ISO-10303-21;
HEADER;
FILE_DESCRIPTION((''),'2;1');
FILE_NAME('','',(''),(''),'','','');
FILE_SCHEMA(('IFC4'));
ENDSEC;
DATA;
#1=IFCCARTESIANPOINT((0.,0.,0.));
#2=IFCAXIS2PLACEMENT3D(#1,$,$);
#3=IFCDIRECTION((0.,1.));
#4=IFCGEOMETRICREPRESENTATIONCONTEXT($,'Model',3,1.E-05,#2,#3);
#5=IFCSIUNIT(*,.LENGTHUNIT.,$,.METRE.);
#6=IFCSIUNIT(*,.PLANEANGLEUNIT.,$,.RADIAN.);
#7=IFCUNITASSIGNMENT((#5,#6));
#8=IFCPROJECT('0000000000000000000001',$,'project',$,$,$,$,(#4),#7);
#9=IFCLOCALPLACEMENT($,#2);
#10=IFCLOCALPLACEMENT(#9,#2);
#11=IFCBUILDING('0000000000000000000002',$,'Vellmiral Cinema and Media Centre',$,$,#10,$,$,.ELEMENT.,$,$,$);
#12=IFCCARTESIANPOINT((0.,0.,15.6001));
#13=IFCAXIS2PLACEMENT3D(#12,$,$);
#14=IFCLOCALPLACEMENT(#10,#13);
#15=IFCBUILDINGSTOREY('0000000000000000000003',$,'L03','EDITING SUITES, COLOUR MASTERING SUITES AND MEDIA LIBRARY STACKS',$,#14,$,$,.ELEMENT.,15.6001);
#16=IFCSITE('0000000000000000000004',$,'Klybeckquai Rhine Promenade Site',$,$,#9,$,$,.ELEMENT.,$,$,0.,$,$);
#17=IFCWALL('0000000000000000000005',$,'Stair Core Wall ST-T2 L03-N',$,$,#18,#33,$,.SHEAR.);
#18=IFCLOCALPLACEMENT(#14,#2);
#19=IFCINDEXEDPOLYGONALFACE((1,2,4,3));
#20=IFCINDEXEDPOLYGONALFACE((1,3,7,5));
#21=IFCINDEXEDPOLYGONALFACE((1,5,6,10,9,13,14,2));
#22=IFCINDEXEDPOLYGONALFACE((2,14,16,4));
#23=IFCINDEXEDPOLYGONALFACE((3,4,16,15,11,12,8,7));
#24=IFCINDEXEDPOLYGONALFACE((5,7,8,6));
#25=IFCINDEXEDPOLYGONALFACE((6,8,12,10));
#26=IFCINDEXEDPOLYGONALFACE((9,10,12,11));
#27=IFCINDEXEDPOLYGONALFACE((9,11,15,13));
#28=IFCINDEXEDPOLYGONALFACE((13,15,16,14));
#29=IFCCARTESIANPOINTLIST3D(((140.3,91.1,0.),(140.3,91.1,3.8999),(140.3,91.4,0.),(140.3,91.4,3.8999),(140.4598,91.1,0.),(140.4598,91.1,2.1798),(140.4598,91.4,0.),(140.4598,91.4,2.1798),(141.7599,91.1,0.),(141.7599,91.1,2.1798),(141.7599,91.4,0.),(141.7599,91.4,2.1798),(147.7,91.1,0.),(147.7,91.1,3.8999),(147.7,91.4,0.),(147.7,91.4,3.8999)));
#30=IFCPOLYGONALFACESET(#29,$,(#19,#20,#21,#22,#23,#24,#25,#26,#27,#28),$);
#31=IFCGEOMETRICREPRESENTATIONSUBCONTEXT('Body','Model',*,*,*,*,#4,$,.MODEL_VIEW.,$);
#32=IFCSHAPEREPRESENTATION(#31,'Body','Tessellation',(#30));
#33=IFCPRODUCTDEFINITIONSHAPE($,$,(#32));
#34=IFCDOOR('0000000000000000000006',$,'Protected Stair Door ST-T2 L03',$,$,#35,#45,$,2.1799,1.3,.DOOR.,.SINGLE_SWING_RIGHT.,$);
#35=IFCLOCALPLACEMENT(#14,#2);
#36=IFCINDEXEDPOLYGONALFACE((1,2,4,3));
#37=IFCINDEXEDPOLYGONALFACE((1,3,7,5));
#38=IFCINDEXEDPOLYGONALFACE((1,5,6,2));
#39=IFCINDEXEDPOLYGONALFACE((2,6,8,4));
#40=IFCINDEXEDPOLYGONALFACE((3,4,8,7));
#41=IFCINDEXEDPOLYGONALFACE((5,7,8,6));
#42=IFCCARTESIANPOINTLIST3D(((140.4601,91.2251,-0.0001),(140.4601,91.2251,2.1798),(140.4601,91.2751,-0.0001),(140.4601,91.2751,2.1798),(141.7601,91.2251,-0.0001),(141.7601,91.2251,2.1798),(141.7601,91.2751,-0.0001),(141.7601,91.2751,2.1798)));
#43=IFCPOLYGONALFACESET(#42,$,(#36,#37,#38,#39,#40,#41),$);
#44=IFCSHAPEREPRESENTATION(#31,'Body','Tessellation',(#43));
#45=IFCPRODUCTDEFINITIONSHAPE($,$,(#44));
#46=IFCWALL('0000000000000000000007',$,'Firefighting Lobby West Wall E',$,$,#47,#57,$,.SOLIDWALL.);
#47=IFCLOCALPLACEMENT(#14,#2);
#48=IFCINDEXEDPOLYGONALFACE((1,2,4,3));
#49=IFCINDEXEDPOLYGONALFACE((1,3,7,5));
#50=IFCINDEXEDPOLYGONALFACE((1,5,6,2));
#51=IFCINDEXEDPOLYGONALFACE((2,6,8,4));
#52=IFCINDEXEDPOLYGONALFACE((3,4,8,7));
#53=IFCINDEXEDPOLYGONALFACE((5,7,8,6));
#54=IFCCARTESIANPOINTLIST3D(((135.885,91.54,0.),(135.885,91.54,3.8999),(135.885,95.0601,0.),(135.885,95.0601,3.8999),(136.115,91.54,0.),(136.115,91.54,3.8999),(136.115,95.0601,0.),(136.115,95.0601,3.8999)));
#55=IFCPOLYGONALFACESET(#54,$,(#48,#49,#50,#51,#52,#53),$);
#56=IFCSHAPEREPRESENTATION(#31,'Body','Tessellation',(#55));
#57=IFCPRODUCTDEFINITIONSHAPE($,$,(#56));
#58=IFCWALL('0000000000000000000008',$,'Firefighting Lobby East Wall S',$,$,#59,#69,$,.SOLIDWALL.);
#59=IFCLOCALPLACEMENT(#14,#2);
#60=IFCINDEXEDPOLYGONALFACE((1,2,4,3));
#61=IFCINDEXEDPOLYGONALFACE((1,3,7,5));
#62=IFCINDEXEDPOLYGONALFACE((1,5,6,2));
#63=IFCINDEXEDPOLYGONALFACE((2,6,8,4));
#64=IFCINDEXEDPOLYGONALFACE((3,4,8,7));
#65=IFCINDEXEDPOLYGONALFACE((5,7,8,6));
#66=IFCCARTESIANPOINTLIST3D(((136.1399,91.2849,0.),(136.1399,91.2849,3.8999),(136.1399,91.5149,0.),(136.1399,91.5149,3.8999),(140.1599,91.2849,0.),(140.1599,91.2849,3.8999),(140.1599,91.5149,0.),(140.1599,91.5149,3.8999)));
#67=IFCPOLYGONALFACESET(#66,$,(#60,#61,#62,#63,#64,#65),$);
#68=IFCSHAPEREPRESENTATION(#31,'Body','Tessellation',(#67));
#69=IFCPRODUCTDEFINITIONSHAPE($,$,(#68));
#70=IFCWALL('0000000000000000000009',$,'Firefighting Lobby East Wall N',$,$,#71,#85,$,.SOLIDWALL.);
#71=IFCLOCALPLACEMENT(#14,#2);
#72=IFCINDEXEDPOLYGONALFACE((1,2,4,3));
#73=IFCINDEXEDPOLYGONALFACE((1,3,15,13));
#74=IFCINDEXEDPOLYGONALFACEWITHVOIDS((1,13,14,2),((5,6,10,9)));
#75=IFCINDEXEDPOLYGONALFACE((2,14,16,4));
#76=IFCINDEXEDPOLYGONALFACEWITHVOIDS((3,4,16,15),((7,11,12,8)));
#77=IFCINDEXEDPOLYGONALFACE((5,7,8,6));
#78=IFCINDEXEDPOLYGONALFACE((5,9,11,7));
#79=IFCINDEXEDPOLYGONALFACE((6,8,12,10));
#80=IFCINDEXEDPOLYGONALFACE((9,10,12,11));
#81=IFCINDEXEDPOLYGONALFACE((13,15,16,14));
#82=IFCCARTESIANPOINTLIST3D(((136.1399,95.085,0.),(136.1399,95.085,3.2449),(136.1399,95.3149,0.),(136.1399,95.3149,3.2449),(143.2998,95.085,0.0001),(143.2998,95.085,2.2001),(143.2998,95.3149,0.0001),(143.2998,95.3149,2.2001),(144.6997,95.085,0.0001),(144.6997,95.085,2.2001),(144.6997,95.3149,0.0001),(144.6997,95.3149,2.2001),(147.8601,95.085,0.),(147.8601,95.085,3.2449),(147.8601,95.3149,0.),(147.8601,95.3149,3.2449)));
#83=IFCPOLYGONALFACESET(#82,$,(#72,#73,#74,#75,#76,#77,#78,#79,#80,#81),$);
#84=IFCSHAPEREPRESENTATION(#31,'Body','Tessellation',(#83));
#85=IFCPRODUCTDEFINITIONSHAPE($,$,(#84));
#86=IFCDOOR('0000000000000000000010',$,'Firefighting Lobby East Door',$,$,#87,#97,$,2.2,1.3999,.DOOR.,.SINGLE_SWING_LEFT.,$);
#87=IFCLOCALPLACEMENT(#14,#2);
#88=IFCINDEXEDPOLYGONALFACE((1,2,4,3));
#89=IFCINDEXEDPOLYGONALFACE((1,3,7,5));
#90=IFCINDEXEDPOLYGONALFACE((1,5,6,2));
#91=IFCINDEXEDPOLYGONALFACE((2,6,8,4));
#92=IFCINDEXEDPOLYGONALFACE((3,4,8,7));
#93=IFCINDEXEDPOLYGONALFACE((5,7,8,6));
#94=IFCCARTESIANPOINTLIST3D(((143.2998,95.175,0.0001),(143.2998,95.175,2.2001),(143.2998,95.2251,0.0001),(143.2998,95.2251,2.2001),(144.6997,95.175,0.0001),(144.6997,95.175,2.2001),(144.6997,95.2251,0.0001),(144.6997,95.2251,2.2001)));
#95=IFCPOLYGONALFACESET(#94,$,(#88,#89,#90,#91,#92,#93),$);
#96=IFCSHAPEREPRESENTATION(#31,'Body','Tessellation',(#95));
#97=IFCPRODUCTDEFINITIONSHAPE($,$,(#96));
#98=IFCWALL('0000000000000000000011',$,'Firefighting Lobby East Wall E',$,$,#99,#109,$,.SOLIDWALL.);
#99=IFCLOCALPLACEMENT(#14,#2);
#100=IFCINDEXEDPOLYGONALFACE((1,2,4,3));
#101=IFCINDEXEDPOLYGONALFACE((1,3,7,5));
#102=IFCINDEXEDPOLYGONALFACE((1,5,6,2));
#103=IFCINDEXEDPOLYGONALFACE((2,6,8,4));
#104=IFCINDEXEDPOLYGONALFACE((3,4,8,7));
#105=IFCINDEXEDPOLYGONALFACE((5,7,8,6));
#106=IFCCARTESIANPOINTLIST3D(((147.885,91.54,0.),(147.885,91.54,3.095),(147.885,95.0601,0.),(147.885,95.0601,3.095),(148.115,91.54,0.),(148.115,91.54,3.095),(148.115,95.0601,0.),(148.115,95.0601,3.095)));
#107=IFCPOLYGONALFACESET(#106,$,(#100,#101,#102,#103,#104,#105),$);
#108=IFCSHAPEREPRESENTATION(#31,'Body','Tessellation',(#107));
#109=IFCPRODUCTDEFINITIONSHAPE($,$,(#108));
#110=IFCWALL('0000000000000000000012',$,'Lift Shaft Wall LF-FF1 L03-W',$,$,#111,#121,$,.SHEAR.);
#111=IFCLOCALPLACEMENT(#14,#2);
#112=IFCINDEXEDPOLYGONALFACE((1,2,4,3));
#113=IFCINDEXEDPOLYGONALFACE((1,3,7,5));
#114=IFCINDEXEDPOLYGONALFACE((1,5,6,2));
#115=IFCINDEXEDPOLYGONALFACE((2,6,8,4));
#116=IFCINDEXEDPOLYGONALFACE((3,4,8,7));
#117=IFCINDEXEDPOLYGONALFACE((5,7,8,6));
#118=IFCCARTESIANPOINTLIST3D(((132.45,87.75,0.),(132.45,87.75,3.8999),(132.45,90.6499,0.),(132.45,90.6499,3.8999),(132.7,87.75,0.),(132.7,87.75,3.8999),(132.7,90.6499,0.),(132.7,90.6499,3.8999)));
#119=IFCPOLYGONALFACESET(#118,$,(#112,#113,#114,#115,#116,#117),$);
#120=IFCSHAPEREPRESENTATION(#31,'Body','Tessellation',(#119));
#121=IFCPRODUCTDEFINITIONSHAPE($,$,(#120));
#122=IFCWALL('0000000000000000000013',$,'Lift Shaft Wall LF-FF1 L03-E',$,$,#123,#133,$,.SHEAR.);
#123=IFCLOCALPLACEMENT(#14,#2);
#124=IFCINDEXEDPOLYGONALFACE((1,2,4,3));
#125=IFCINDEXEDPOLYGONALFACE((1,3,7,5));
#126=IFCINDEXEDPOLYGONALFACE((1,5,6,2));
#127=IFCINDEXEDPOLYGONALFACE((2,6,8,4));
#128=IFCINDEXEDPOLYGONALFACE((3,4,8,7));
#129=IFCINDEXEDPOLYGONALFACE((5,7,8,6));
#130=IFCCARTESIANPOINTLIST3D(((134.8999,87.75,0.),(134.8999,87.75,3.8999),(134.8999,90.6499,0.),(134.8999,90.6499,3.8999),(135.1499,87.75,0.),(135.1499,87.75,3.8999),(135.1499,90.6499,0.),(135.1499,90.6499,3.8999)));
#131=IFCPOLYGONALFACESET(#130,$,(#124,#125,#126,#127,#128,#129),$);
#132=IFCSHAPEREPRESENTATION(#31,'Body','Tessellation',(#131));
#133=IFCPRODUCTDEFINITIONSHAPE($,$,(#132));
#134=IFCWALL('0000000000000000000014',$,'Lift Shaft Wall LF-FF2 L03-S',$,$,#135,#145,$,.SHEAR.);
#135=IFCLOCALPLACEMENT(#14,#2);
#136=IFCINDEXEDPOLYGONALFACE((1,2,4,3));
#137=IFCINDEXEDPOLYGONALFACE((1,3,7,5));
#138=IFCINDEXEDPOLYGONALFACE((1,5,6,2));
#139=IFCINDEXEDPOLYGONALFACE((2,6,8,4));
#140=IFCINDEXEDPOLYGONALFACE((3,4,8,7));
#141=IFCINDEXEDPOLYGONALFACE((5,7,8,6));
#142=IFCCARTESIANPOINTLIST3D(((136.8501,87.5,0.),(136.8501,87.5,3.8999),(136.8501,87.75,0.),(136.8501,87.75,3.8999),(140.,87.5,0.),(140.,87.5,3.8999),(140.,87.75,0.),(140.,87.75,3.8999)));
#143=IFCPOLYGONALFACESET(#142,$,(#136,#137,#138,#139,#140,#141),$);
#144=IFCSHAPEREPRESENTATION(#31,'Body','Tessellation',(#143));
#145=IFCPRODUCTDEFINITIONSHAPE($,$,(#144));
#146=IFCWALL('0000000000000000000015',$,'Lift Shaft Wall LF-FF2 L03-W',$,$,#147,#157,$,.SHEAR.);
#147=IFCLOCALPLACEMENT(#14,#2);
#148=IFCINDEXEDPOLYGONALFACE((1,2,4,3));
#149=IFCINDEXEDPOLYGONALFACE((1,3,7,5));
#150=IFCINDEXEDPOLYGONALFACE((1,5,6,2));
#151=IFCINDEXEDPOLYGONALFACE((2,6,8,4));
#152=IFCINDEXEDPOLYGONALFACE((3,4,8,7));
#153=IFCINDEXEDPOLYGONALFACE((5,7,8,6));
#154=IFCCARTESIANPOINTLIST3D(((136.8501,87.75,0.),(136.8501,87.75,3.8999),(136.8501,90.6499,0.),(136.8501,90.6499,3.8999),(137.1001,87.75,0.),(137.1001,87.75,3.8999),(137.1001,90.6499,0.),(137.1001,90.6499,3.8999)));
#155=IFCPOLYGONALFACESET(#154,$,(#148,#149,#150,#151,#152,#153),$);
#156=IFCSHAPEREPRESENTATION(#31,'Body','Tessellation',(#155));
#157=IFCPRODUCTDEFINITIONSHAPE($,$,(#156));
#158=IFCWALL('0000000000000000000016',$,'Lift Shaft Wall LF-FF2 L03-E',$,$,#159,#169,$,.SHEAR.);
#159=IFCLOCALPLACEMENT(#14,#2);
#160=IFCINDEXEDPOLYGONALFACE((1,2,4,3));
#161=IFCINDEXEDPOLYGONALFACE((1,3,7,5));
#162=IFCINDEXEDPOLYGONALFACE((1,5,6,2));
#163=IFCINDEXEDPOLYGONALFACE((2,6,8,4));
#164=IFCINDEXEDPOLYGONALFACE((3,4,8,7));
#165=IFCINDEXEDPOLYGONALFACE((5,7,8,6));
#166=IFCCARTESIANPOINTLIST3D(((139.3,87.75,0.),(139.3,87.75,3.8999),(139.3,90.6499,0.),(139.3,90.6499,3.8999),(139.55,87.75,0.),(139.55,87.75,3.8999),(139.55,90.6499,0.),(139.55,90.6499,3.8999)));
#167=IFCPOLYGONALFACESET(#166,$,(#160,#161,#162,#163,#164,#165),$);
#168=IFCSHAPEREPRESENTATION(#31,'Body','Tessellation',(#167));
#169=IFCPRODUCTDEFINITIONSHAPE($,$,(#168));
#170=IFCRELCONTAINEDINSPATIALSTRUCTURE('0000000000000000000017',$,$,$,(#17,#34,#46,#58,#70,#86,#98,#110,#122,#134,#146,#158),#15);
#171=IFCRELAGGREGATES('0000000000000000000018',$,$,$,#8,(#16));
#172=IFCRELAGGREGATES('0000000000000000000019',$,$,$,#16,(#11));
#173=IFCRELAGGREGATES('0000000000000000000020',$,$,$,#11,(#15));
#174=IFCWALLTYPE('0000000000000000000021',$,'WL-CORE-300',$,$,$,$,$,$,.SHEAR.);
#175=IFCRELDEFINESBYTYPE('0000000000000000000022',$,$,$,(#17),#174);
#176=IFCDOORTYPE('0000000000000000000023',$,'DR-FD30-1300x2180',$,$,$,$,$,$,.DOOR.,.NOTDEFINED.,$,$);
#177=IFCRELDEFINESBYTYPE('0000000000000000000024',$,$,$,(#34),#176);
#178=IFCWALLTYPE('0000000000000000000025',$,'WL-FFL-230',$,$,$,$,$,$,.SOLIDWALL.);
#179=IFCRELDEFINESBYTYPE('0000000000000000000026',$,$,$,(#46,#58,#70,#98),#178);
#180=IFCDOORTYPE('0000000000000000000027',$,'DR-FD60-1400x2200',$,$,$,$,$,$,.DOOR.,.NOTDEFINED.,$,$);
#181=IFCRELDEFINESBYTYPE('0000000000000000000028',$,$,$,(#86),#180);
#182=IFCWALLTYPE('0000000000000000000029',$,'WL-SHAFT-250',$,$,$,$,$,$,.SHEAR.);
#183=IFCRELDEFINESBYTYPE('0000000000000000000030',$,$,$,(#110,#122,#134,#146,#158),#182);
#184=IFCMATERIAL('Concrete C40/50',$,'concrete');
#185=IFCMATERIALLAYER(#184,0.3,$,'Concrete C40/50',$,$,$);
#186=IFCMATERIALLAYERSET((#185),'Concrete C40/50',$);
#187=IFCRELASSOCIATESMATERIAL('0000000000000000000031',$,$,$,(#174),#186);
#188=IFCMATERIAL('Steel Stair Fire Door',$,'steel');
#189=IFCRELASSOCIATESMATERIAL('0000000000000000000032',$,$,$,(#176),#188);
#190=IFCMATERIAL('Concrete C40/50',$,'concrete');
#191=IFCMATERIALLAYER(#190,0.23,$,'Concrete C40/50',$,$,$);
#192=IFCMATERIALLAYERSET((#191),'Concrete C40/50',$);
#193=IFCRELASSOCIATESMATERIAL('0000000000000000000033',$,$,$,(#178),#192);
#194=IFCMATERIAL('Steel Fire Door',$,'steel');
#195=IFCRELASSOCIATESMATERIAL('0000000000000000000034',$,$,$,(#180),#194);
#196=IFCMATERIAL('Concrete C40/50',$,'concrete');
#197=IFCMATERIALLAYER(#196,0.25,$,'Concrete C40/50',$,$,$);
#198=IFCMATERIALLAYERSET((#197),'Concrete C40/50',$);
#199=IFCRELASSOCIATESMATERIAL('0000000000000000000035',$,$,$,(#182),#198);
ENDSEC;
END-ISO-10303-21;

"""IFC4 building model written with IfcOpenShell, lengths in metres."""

from ifc_helpers import new_model, si_unit, direction, frame, frame_2d, origin, place, context, subcontext, project, spatial, rectangle, extrude, material, layer, layer_set, type_object, element, fill, save


model = new_model("IFC4")

# Units and contexts
model_context = context("Model", 3, precision=1e-05, world=origin(), true_north=direction((0.0, 1.0)))
body_context = subcontext(model_context, "Body", "Model", "MODEL_VIEW")
ifc_project = project(units=[si_unit("LENGTHUNIT", "METRE"), si_unit("PLANEANGLEUNIT", "RADIAN")], contexts=[model_context])

# Site, building, storey
site_placement = place(None, origin())
site = spatial("IfcSite", under=ifc_project, at=site_placement, Name="Klybeckquai Rhine Promenade Site", CompositionType="ELEMENT", RefElevation=0.0)
building_placement = place(site_placement, origin())
building = spatial("IfcBuilding", under=site, at=building_placement, Name="Vellmiral Cinema and Media Centre", CompositionType="ELEMENT")
storey_placement = place(building_placement, frame((0.0, 0.0, 15.6001)))
storey = spatial("IfcBuildingStorey", under=building, at=storey_placement, Name="L03", Description="EDITING SUITES, COLOUR MASTERING SUITES AND MEDIA LIBRARY STACKS", CompositionType="ELEMENT", Elevation=15.6001)

# Shared definitions
ifc_material_1 = material(Name="Concrete C40/50", Category="concrete")
ifc_layer_1 = layer(ifc_material_1, 0.3, Name="Concrete C40/50")
ifc_layer_set_1 = layer_set([ifc_layer_1], Name="Concrete C40/50")
wall_type_1 = type_object("IfcWallType", Name="WL-CORE-300", PredefinedType="SHEAR", material=ifc_layer_set_1)

# Wall, opening, door
wall_1_placement = place(storey_placement, frame((140.3, 91.25, 0.0), z_axis=(0.0, 0.0, 1.0), x_axis=(1.0, 0.0, 0.0)))
wall_1 = element("IfcWall", 1, at=wall_1_placement, inside=storey, type_object=wall_type_1, Name="Stair Core Wall ST-T2 L03-N", PredefinedType="SHEAR", context=body_context, shape_type="SweptSolid", body=[
    extrude(rectangle(XDim=7.3999, YDim=0.3, at=frame_2d((3.7, 0.0))), origin(), (0.0, 0.0, 1.0), 3.8999),
])
opening_1_placement = place(wall_1_placement, frame((0.1599, 0.0, 0.0)))
opening_1 = element("IfcOpeningElement", 2, at=opening_1_placement, cuts=wall_1, PredefinedType="OPENING", context=body_context, shape_type="SweptSolid", body=[
    extrude(rectangle(XDim=1.3, YDim=2.1799, at=frame_2d((0.6499, 1.0898))), frame((0.0, 0.1621, 0.0), z_axis=(0.0, -1.0, 0.0), x_axis=(1.0, 0.0, 0.0)), (0.0, 0.0, 1.0), 0.324),
])
ifc_material_2 = material(Name="Steel Stair Fire Door", Category="steel")
door_type_1 = type_object("IfcDoorType", Name="DR-FD30-1300x2180", OperationType="NOTDEFINED", PredefinedType="DOOR", material=ifc_material_2)
door_1_placement = place(opening_1_placement, frame((1.3, 0.0, 0.0), z_axis=(0.0, 0.0, 1.0), x_axis=(-1.0, 0.0, 0.0)))
door_1 = element("IfcDoor", 3, at=door_1_placement, inside=storey, type_object=door_type_1, Name="Protected Stair Door ST-T2 L03", OperationType="SINGLE_SWING_RIGHT", OverallHeight=2.1799, OverallWidth=1.3, PredefinedType="DOOR", context=body_context, shape_type="SweptSolid", body=[
    extrude(rectangle(XDim=1.3, YDim=2.1799, at=frame_2d((0.6499, 1.0898))), frame((0.0, 0.0249, 0.0), z_axis=(0.0, -1.0, 0.0), x_axis=(1.0, 0.0, 0.0)), (0.0, 0.0, 1.0), 0.05),
])
fill(opening_1, door_1)

# Walls
ifc_material_3 = material(Name="Concrete C40/50", Category="concrete")
ifc_layer_2 = layer(ifc_material_3, 0.23, Name="Concrete C40/50")
ifc_layer_set_2 = layer_set([ifc_layer_2], Name="Concrete C40/50")
wall_type_2 = type_object("IfcWallType", Name="WL-FFL-230", PredefinedType="SOLIDWALL", material=ifc_layer_set_2)
wall_2_placement = place(storey_placement, frame((136.0, 91.54, 0.0), z_axis=(0.0, 0.0, 1.0), x_axis=(0.0, 1.0, 0.0)))
element("IfcWall", 4, at=wall_2_placement, inside=storey, type_object=wall_type_2, Name="Firefighting Lobby West Wall E", PredefinedType="SOLIDWALL", context=body_context, shape_type="SweptSolid", body=[
    extrude(rectangle(XDim=3.52, YDim=0.23, at=frame_2d((1.76, 0.0))), origin(), (0.0, 0.0, 1.0), 3.8999),
])
wall_3_placement = place(storey_placement, frame((136.1399, 91.3999, 0.0), z_axis=(0.0, 0.0, 1.0), x_axis=(1.0, 0.0, 0.0)))
element("IfcWall", 5, at=wall_3_placement, inside=storey, type_object=wall_type_2, Name="Firefighting Lobby East Wall S", PredefinedType="SOLIDWALL", context=body_context, shape_type="SweptSolid", body=[
    extrude(rectangle(XDim=4.02, YDim=0.23, at=frame_2d((2.01, 0.0))), origin(), (0.0, 0.0, 1.0), 3.8999),
])

# Wall, opening, door
wall_4_placement = place(storey_placement, frame((136.1399, 95.2, 0.0), z_axis=(0.0, 0.0, 1.0), x_axis=(1.0, 0.0, 0.0)))
wall_4 = element("IfcWall", 6, at=wall_4_placement, inside=storey, type_object=wall_type_2, Name="Firefighting Lobby East Wall N", PredefinedType="SOLIDWALL", context=body_context, shape_type="SweptSolid", body=[
    extrude(rectangle(XDim=11.7202, YDim=0.23, at=frame_2d((5.8601, 0.0))), origin(), (0.0, 0.0, 1.0), 3.2449),
])
opening_2_placement = place(wall_4_placement, frame((7.1599, 0.0, 0.0)))
opening_2 = element("IfcOpeningElement", 7, at=opening_2_placement, cuts=wall_4, PredefinedType="OPENING", context=body_context, shape_type="SweptSolid", body=[
    extrude(rectangle(XDim=1.3999, YDim=2.2, at=frame_2d((0.7, 1.1001))), frame((0.0, 0.127, 0.0), z_axis=(0.0, -1.0, 0.0), x_axis=(1.0, 0.0, 0.0)), (0.0, 0.0, 1.0), 0.2539),
])
ifc_material_4 = material(Name="Steel Fire Door", Category="steel")
door_type_2 = type_object("IfcDoorType", Name="DR-FD60-1400x2200", OperationType="NOTDEFINED", PredefinedType="DOOR", material=ifc_material_4)
door_2_placement = place(opening_2_placement, frame((1.3999, 0.0, 0.0), z_axis=(0.0, 0.0, 1.0), x_axis=(-1.0, 0.0, 0.0)))
door_2 = element("IfcDoor", 8, at=door_2_placement, inside=storey, type_object=door_type_2, Name="Firefighting Lobby East Door", OperationType="SINGLE_SWING_LEFT", OverallHeight=2.2, OverallWidth=1.3999, PredefinedType="DOOR", context=body_context, shape_type="SweptSolid", body=[
    extrude(rectangle(XDim=1.3999, YDim=2.2, at=frame_2d((0.7, 1.1001))), frame((0.0, 0.0249, 0.0), z_axis=(0.0, -1.0, 0.0), x_axis=(1.0, 0.0, 0.0)), (0.0, 0.0, 1.0), 0.05),
])
fill(opening_2, door_2)

# Walls
wall_5_placement = place(storey_placement, frame((148.0, 91.54, 0.0), z_axis=(0.0, 0.0, 1.0), x_axis=(0.0, 1.0, 0.0)))
element("IfcWall", 9, at=wall_5_placement, inside=storey, type_object=wall_type_2, Name="Firefighting Lobby East Wall E", PredefinedType="SOLIDWALL", context=body_context, shape_type="SweptSolid", body=[
    extrude(rectangle(XDim=3.52, YDim=0.23, at=frame_2d((1.76, 0.0))), origin(), (0.0, 0.0, 1.0), 3.095),
])
ifc_material_5 = material(Name="Concrete C40/50", Category="concrete")
ifc_layer_3 = layer(ifc_material_5, 0.25, Name="Concrete C40/50")
ifc_layer_set_3 = layer_set([ifc_layer_3], Name="Concrete C40/50")
wall_type_3 = type_object("IfcWallType", Name="WL-SHAFT-250", PredefinedType="SHEAR", material=ifc_layer_set_3)
for number, where, z_axis, x_axis, name in (
    (10, (132.575, 87.75, 0.0), (0.0, 0.0, 1.0), (0.0, 1.0, 0.0), "Lift Shaft Wall LF-FF1 L03-W"),
    (11, (135.0249, 87.75, 0.0), (0.0, 0.0, 1.0), (0.0, 1.0, 0.0), "Lift Shaft Wall LF-FF1 L03-E"),
):
    element("IfcWall", number, at=place(storey_placement, frame(where, z_axis=z_axis, x_axis=x_axis)), inside=storey, type_object=wall_type_3, Name=name, PredefinedType="SHEAR", context=body_context, shape_type="SweptSolid", body=[
        extrude(rectangle(XDim=2.8999, YDim=0.25, at=frame_2d((1.45, 0.0))), origin(), (0.0, 0.0, 1.0), 3.8999),
    ])
wall_6_placement = place(storey_placement, frame((136.8501, 87.625, 0.0), z_axis=(0.0, 0.0, 1.0), x_axis=(1.0, 0.0, 0.0)))
element("IfcWall", 12, at=wall_6_placement, inside=storey, type_object=wall_type_3, Name="Lift Shaft Wall LF-FF2 L03-S", PredefinedType="SHEAR", context=body_context, shape_type="SweptSolid", body=[
    extrude(rectangle(XDim=3.1499, YDim=0.25, at=frame_2d((1.575, 0.0))), origin(), (0.0, 0.0, 1.0), 3.8999),
])

# Walls
for number, where, z_axis, x_axis, name in (
    (13, (136.9751, 87.75, 0.0), (0.0, 0.0, 1.0), (0.0, 1.0, 0.0), "Lift Shaft Wall LF-FF2 L03-W"),
    (14, (139.425, 87.75, 0.0), (0.0, 0.0, 1.0), (0.0, 1.0, 0.0), "Lift Shaft Wall LF-FF2 L03-E"),
):
    element("IfcWall", number, at=place(storey_placement, frame(where, z_axis=z_axis, x_axis=x_axis)), inside=storey, type_object=wall_type_3, Name=name, PredefinedType="SHEAR", context=body_context, shape_type="SweptSolid", body=[
        extrude(rectangle(XDim=2.8999, YDim=0.25, at=frame_2d((1.45, 0.0))), origin(), (0.0, 0.0, 1.0), 3.8999),
    ])

save(model, "model.ifc")
